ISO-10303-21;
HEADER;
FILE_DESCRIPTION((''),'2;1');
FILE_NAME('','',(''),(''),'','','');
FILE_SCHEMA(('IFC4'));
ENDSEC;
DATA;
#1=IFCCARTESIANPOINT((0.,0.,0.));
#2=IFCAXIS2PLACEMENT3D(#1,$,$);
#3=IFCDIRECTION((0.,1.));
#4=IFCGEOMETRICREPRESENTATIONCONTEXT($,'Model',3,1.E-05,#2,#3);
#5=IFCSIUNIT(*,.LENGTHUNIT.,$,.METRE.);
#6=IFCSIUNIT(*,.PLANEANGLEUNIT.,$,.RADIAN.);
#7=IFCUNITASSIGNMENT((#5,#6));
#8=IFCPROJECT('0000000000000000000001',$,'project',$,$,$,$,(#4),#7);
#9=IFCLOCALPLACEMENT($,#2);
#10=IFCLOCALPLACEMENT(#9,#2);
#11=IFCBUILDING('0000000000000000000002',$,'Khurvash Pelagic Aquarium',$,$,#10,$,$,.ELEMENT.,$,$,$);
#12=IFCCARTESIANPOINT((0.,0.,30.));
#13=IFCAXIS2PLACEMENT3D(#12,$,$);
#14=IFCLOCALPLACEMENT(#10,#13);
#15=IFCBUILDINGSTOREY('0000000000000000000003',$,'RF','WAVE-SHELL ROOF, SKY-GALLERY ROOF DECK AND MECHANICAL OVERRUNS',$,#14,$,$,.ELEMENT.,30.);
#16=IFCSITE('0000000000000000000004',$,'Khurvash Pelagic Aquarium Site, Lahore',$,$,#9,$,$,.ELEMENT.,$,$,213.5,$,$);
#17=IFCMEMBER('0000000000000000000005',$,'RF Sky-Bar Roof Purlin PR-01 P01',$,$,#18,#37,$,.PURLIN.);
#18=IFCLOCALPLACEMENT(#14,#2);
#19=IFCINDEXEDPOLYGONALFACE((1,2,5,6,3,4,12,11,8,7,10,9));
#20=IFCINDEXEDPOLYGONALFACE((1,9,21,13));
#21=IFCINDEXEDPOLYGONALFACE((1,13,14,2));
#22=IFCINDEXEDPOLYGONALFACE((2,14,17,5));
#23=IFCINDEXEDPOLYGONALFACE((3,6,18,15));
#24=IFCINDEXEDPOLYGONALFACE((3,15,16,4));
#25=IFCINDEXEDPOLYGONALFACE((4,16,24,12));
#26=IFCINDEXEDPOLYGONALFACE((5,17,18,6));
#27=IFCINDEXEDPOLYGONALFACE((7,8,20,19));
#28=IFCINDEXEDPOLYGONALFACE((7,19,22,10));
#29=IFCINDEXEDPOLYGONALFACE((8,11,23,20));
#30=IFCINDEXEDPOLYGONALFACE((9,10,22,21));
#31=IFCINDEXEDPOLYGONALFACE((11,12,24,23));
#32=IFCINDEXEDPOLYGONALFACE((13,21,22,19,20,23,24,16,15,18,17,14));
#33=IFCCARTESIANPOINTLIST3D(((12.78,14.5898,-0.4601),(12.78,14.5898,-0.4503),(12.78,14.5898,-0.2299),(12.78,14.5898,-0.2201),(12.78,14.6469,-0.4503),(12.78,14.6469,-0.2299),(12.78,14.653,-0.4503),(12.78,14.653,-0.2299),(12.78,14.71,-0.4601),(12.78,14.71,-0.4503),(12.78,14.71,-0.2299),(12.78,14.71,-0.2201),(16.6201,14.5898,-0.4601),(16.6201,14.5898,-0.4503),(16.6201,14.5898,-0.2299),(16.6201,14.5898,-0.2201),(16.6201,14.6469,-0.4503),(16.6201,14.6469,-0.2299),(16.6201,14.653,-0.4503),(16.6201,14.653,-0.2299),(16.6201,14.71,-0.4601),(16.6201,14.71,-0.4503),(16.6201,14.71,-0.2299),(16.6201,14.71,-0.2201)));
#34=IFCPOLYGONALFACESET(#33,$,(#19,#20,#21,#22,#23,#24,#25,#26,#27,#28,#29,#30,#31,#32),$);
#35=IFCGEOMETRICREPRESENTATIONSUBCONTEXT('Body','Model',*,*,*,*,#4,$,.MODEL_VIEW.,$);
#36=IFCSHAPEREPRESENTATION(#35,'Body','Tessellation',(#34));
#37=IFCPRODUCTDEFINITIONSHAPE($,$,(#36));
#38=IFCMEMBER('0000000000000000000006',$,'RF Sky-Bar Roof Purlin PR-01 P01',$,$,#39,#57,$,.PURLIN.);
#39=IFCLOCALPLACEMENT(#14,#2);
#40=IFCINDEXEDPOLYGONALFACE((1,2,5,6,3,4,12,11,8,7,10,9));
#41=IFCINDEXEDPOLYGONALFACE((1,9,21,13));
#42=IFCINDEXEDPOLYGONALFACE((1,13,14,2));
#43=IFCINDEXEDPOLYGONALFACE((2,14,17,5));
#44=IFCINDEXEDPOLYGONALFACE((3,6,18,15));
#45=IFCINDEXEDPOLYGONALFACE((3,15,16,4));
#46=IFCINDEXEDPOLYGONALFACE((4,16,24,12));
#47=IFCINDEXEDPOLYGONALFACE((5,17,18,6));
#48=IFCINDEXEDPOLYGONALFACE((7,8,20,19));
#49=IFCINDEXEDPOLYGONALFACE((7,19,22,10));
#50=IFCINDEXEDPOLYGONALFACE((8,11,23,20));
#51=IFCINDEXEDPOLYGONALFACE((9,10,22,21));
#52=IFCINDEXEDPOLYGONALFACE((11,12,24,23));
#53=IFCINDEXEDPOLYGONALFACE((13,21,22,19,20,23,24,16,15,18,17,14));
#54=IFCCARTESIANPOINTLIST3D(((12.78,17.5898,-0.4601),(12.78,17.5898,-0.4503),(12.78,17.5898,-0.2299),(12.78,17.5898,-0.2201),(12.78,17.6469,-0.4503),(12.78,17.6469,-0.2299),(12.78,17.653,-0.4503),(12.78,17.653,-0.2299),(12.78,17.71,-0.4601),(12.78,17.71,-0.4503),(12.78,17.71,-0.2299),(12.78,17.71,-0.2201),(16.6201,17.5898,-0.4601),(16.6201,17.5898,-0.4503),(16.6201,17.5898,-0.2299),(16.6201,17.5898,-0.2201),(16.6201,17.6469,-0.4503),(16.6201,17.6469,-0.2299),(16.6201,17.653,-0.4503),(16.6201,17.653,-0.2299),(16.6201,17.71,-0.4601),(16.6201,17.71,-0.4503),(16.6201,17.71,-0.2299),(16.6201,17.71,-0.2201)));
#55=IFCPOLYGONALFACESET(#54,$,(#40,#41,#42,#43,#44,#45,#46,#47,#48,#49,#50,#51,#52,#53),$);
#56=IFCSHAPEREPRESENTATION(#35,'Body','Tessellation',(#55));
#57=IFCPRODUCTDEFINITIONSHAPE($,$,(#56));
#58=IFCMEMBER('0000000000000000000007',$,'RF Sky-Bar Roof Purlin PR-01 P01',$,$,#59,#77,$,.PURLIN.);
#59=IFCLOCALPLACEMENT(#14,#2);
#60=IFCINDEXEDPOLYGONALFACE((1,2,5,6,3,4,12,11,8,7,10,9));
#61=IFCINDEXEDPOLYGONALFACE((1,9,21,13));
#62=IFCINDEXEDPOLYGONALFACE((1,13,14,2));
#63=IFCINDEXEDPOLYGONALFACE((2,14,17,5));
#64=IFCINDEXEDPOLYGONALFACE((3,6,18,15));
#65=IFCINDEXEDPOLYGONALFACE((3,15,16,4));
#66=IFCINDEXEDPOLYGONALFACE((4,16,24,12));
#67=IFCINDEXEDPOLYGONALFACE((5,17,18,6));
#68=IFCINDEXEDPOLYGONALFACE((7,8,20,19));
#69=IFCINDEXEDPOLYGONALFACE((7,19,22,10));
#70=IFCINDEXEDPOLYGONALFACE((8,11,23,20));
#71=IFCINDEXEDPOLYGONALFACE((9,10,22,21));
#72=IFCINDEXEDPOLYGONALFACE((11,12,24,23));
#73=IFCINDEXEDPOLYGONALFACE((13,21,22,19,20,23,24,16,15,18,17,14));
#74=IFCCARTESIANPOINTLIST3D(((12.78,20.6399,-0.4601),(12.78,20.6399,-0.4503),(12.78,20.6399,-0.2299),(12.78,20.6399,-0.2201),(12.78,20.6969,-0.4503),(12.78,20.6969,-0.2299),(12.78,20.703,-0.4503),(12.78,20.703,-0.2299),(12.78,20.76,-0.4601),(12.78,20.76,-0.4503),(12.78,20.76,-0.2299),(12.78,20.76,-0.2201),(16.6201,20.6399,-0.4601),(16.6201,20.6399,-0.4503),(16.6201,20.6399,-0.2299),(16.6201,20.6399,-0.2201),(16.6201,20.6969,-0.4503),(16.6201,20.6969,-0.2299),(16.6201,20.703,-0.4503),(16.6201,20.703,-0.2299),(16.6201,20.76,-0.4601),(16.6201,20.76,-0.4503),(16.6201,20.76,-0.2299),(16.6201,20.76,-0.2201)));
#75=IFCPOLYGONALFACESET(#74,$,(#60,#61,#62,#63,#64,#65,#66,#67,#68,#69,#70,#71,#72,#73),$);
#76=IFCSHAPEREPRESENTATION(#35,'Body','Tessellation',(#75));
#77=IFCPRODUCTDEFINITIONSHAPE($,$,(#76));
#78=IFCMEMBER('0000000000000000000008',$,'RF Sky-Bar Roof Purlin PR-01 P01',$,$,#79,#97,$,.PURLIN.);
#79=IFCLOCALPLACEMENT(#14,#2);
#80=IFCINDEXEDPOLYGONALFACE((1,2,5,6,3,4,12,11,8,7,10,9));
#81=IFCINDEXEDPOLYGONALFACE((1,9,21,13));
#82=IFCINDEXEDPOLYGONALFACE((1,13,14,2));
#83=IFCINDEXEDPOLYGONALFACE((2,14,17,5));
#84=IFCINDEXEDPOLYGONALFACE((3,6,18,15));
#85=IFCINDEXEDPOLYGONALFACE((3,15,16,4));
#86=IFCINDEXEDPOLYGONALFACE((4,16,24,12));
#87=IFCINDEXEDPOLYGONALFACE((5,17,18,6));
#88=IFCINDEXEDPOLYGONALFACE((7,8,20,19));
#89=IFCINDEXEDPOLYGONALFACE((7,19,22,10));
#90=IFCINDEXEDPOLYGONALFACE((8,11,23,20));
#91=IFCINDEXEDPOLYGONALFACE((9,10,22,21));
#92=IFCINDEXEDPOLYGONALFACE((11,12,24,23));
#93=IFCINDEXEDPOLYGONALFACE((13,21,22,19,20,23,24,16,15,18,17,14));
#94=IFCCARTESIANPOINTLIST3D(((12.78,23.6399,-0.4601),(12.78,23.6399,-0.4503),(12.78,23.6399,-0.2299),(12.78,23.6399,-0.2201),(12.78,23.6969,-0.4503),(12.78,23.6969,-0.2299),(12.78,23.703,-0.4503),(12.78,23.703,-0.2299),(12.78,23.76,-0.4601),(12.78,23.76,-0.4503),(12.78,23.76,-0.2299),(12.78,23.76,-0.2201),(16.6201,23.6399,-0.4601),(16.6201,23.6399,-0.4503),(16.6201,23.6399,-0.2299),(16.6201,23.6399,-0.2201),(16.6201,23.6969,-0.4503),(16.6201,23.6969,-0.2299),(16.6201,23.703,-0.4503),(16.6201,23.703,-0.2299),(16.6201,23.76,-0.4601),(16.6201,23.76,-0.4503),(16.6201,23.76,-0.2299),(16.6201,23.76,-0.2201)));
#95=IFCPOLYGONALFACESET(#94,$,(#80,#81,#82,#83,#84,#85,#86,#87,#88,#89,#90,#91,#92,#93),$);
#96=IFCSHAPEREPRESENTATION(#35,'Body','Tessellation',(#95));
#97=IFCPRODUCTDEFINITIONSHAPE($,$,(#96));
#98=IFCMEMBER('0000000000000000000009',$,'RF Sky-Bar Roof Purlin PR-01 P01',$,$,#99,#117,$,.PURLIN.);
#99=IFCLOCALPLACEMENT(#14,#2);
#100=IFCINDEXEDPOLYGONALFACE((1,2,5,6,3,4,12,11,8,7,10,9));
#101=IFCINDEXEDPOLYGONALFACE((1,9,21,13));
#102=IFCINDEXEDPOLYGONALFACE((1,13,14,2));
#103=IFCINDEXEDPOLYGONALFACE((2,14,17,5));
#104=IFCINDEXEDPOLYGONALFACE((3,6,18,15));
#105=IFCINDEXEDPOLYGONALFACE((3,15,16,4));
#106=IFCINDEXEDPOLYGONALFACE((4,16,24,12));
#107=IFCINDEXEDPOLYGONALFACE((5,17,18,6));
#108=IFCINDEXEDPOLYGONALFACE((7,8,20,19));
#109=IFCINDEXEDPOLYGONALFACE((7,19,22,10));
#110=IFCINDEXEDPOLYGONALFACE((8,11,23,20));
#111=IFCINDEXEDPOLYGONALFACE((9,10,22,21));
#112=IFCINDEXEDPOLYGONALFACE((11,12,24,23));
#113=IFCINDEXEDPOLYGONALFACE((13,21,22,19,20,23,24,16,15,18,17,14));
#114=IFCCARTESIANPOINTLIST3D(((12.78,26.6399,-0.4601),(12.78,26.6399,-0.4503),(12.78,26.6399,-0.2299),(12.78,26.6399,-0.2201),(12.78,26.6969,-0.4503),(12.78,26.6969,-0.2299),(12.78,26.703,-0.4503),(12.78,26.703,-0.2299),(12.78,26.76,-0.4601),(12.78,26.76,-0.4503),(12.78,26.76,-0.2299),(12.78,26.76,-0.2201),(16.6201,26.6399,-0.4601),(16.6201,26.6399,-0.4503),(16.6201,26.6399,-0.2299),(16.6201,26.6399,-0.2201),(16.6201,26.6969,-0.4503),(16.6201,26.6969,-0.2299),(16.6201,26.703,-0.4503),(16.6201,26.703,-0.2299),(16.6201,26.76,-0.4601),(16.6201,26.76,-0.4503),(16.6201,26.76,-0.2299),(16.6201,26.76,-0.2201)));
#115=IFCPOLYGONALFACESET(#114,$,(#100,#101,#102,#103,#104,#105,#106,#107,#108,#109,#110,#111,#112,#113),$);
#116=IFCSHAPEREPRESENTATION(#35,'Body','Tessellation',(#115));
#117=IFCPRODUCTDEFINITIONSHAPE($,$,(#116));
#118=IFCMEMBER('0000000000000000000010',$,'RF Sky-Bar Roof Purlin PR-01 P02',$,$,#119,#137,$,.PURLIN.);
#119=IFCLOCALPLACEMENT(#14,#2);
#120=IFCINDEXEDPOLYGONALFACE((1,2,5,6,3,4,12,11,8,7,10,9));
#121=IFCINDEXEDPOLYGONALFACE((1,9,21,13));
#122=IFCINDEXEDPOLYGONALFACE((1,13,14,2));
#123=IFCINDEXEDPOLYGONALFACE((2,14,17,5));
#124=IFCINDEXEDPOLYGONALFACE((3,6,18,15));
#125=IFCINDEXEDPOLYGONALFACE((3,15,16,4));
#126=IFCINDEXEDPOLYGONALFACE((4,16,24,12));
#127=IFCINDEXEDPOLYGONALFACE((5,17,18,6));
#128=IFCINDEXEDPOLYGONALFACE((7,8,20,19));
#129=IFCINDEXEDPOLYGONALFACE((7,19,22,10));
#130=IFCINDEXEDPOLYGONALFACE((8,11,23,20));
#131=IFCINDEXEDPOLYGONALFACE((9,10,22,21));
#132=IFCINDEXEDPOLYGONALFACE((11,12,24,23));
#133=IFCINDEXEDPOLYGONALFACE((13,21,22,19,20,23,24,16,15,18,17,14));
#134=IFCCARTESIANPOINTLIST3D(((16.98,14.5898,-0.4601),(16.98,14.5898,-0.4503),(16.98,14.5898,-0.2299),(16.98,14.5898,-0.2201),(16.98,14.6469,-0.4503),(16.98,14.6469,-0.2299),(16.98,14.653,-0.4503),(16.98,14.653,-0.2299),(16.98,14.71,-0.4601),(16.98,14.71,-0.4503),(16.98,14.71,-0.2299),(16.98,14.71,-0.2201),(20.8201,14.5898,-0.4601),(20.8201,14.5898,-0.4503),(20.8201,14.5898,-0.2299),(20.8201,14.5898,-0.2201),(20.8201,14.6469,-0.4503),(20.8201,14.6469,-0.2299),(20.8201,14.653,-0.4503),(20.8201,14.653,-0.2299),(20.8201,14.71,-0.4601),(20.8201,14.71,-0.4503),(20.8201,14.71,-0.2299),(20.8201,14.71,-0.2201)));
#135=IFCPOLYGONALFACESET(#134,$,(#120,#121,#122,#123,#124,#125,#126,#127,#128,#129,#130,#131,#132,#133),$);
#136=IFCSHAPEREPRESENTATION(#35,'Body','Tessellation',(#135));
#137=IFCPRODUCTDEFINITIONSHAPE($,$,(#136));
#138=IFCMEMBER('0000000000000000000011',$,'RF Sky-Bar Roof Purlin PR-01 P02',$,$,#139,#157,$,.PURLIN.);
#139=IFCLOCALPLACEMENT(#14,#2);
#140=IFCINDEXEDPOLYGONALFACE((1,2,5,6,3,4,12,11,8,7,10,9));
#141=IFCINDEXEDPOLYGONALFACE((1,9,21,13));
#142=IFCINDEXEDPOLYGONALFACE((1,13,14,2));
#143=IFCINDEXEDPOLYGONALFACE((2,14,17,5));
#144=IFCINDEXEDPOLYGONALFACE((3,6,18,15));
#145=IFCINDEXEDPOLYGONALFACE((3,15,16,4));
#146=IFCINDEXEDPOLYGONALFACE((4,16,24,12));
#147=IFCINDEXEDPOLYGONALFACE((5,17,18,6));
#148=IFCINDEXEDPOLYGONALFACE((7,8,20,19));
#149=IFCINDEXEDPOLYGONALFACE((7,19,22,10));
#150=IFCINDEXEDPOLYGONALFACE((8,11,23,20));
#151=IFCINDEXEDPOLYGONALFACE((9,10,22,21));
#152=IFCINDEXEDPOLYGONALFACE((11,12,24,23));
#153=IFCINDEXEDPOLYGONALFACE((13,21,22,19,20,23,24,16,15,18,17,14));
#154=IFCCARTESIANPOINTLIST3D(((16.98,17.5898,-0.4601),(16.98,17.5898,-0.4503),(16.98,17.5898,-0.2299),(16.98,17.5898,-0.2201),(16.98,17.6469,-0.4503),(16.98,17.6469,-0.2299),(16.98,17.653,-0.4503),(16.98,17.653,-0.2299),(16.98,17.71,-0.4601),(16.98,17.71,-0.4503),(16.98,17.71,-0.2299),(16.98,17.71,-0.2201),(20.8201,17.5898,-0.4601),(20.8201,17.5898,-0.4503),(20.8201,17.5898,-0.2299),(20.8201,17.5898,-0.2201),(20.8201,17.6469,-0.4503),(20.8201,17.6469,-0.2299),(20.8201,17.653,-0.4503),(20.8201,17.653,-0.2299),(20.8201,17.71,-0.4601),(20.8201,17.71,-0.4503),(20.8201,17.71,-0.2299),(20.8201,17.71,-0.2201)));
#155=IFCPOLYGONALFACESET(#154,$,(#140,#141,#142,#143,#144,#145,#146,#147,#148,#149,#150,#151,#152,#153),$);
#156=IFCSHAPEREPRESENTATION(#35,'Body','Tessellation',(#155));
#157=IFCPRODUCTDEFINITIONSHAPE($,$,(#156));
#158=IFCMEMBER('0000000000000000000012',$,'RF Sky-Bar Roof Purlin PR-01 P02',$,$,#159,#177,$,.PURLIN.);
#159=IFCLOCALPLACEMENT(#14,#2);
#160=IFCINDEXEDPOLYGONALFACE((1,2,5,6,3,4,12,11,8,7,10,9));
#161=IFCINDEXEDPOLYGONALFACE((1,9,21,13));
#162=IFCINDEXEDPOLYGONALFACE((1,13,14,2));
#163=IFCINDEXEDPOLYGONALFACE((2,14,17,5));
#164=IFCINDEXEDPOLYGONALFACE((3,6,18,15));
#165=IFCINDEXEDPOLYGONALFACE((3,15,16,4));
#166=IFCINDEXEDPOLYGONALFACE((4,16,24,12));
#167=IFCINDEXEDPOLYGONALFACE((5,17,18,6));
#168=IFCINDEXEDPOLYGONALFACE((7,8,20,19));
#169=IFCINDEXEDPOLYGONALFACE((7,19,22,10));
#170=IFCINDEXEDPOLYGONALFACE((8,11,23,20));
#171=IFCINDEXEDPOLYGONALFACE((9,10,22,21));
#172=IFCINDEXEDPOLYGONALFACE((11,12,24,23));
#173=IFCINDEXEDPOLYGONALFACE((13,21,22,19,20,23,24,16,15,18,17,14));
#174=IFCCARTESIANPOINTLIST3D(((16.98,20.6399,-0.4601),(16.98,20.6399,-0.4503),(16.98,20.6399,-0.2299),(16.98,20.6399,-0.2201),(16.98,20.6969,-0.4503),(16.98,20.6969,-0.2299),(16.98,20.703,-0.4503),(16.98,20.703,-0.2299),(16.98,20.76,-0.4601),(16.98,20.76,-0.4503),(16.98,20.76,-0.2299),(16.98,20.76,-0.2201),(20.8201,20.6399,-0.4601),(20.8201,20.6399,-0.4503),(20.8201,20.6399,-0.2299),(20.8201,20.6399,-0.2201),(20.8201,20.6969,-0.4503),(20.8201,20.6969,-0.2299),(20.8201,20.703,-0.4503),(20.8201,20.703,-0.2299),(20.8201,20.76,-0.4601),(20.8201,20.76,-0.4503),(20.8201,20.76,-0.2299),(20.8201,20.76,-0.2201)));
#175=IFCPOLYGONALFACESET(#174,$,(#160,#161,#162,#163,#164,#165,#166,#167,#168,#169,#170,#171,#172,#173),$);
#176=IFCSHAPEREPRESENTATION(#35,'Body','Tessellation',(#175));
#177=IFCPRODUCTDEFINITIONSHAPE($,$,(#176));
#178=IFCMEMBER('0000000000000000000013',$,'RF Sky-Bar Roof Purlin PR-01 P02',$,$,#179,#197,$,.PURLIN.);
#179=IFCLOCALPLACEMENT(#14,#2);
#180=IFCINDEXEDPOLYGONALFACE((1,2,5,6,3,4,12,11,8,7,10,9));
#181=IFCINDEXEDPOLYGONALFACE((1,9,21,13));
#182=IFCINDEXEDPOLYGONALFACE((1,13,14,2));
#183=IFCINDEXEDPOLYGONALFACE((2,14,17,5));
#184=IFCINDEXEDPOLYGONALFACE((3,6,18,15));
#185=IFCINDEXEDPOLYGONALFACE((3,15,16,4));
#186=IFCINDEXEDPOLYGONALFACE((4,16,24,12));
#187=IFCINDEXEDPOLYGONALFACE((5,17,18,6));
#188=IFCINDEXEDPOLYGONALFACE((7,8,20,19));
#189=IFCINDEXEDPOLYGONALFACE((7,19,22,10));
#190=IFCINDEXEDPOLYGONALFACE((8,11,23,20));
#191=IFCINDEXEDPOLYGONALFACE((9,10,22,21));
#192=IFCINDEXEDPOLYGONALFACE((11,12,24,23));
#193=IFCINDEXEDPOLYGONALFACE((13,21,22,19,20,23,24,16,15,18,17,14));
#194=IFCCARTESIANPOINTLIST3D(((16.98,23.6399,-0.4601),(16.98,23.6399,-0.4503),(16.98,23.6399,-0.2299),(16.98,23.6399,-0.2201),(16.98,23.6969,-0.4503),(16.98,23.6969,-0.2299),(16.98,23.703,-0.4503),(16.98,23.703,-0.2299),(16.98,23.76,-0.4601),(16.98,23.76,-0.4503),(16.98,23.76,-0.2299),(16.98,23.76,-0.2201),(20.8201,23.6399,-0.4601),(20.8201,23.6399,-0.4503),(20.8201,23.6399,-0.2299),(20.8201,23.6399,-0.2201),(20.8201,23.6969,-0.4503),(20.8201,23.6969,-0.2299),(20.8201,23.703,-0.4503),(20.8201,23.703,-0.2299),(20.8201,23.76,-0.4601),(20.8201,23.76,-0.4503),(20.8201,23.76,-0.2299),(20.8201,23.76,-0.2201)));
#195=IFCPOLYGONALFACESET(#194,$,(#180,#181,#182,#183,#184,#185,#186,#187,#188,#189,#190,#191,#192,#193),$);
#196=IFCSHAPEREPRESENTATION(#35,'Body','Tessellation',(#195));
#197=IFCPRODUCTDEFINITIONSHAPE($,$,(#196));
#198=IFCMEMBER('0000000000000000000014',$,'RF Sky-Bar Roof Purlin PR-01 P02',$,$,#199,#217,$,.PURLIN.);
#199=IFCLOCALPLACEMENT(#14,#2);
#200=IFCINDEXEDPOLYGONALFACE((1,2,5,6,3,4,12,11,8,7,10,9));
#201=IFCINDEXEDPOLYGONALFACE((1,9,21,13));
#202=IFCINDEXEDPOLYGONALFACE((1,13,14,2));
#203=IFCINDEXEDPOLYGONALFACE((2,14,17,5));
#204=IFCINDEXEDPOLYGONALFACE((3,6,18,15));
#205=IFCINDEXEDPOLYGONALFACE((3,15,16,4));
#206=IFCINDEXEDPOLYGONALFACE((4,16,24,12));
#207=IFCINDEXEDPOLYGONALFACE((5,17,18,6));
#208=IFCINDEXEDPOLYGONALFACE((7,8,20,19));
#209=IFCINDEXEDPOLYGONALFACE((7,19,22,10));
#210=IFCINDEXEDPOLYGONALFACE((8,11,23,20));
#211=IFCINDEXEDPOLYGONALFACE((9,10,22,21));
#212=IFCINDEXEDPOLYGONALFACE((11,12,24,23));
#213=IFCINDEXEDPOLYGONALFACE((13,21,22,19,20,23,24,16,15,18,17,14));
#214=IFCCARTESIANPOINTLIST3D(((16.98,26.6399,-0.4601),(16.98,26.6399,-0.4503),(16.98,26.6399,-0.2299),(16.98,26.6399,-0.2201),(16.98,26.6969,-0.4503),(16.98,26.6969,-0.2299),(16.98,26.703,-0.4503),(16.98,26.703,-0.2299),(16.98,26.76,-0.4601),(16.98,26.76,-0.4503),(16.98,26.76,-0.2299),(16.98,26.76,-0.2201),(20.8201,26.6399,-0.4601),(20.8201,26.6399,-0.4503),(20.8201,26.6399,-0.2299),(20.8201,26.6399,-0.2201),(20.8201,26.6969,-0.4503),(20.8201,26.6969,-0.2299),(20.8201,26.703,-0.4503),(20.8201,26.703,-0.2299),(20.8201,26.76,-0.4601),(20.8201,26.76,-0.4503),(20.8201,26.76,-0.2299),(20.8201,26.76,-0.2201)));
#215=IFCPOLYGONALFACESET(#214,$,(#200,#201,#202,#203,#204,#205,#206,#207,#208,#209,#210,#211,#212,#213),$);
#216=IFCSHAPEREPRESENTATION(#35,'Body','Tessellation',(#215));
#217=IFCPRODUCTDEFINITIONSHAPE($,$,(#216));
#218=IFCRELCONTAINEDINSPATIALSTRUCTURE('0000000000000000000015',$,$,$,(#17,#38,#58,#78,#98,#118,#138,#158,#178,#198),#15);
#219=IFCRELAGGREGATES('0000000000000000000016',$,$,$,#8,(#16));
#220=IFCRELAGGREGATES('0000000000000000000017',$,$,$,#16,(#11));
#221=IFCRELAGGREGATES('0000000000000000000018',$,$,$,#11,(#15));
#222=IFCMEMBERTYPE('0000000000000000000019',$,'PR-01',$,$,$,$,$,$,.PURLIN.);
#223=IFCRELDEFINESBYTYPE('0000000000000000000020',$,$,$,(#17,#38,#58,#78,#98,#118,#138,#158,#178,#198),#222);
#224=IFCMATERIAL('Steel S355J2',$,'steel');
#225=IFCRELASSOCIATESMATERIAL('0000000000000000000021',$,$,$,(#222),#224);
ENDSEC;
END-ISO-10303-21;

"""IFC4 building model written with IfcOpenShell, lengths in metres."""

from ifc_helpers import new_model, si_unit, direction, frame, origin, origin_2d, place, context, subcontext, project, spatial, i_section, extrude, material, material_profile, profile_set, type_object, element, save


model = new_model("IFC4")

# Units and contexts
model_context = context("Model", 3, precision=1e-05, world=origin(), true_north=direction((0.0, 1.0)))
body_context = subcontext(model_context, "Body", "Model", "MODEL_VIEW")
ifc_project = project(units=[si_unit("LENGTHUNIT", "METRE"), si_unit("PLANEANGLEUNIT", "RADIAN")], contexts=[model_context])

# Site, building, storey
site_placement = place(None, origin())
site = spatial("IfcSite", under=ifc_project, at=site_placement, Name="Khurvash Pelagic Aquarium Site, Lahore", CompositionType="ELEMENT", RefElevation=213.5)
building_placement = place(site_placement, origin())
building = spatial("IfcBuilding", under=site, at=building_placement, Name="Khurvash Pelagic Aquarium", CompositionType="ELEMENT")
storey_placement = place(building_placement, frame((0.0, 0.0, 30.0)))
storey = spatial("IfcBuildingStorey", under=building, at=storey_placement, Name="RF", Description="WAVE-SHELL ROOF, SKY-GALLERY ROOF DECK AND MECHANICAL OVERRUNS", CompositionType="ELEMENT", Elevation=30.0)

# Members
ifc_material_1 = material(Name="Steel S355J2", Category="steel")
ifc_material_profile = material_profile(ifc_material_1, i_section(OverallWidth=0.1201, OverallDepth=0.24, WebThickness=0.0061, FlangeThickness=0.0098, at=origin_2d()), Name="IPE240")
ifc_profile_set = profile_set([ifc_material_profile], Name="Steel S355J2")
member_type = type_object("IfcMemberType", Name="PR-01", PredefinedType="PURLIN", material=ifc_profile_set)
for number, where, z_axis, x_axis, name in (
    (1, (12.78, 14.6499, -0.3401), (1.0, 0.0, 0.0), (0.0, 1.0, 0.0), "RF Sky-Bar Roof Purlin PR-01 P01"),
    (2, (12.78, 17.6499, -0.3401), (1.0, 0.0, 0.0), (0.0, 1.0, 0.0), "RF Sky-Bar Roof Purlin PR-01 P01"),
    (3, (12.78, 20.7, -0.3401), (1.0, 0.0, 0.0), (0.0, 1.0, 0.0), "RF Sky-Bar Roof Purlin PR-01 P01"),
    (4, (12.78, 23.7, -0.3401), (1.0, 0.0, 0.0), (0.0, 1.0, 0.0), "RF Sky-Bar Roof Purlin PR-01 P01"),
    (5, (12.78, 26.7, -0.3401), (1.0, 0.0, 0.0), (0.0, 1.0, 0.0), "RF Sky-Bar Roof Purlin PR-01 P01"),
    (6, (16.98, 14.6499, -0.3401), (1.0, 0.0, 0.0), (0.0, 1.0, 0.0), "RF Sky-Bar Roof Purlin PR-01 P02"),
    (7, (16.98, 17.6499, -0.3401), (1.0, 0.0, 0.0), (0.0, 1.0, 0.0), "RF Sky-Bar Roof Purlin PR-01 P02"),
    (8, (16.98, 20.7, -0.3401), (1.0, 0.0, 0.0), (0.0, 1.0, 0.0), "RF Sky-Bar Roof Purlin PR-01 P02"),
    (9, (16.98, 23.7, -0.3401), (1.0, 0.0, 0.0), (0.0, 1.0, 0.0), "RF Sky-Bar Roof Purlin PR-01 P02"),
    (10, (16.98, 26.7, -0.3401), (1.0, 0.0, 0.0), (0.0, 1.0, 0.0), "RF Sky-Bar Roof Purlin PR-01 P02"),
):
    element("IfcMember", number, at=place(storey_placement, frame(where, z_axis=z_axis, x_axis=x_axis)), inside=storey, type_object=member_type, Name=name, PredefinedType="PURLIN", context=body_context, shape_type="SweptSolid", body=[
        extrude(i_section(OverallWidth=0.1201, OverallDepth=0.24, WebThickness=0.0061, FlangeThickness=0.0098, at=origin_2d()), origin(), (0.0, 0.0, 1.0), 3.8401),
    ])

save(model, "model.ifc")
